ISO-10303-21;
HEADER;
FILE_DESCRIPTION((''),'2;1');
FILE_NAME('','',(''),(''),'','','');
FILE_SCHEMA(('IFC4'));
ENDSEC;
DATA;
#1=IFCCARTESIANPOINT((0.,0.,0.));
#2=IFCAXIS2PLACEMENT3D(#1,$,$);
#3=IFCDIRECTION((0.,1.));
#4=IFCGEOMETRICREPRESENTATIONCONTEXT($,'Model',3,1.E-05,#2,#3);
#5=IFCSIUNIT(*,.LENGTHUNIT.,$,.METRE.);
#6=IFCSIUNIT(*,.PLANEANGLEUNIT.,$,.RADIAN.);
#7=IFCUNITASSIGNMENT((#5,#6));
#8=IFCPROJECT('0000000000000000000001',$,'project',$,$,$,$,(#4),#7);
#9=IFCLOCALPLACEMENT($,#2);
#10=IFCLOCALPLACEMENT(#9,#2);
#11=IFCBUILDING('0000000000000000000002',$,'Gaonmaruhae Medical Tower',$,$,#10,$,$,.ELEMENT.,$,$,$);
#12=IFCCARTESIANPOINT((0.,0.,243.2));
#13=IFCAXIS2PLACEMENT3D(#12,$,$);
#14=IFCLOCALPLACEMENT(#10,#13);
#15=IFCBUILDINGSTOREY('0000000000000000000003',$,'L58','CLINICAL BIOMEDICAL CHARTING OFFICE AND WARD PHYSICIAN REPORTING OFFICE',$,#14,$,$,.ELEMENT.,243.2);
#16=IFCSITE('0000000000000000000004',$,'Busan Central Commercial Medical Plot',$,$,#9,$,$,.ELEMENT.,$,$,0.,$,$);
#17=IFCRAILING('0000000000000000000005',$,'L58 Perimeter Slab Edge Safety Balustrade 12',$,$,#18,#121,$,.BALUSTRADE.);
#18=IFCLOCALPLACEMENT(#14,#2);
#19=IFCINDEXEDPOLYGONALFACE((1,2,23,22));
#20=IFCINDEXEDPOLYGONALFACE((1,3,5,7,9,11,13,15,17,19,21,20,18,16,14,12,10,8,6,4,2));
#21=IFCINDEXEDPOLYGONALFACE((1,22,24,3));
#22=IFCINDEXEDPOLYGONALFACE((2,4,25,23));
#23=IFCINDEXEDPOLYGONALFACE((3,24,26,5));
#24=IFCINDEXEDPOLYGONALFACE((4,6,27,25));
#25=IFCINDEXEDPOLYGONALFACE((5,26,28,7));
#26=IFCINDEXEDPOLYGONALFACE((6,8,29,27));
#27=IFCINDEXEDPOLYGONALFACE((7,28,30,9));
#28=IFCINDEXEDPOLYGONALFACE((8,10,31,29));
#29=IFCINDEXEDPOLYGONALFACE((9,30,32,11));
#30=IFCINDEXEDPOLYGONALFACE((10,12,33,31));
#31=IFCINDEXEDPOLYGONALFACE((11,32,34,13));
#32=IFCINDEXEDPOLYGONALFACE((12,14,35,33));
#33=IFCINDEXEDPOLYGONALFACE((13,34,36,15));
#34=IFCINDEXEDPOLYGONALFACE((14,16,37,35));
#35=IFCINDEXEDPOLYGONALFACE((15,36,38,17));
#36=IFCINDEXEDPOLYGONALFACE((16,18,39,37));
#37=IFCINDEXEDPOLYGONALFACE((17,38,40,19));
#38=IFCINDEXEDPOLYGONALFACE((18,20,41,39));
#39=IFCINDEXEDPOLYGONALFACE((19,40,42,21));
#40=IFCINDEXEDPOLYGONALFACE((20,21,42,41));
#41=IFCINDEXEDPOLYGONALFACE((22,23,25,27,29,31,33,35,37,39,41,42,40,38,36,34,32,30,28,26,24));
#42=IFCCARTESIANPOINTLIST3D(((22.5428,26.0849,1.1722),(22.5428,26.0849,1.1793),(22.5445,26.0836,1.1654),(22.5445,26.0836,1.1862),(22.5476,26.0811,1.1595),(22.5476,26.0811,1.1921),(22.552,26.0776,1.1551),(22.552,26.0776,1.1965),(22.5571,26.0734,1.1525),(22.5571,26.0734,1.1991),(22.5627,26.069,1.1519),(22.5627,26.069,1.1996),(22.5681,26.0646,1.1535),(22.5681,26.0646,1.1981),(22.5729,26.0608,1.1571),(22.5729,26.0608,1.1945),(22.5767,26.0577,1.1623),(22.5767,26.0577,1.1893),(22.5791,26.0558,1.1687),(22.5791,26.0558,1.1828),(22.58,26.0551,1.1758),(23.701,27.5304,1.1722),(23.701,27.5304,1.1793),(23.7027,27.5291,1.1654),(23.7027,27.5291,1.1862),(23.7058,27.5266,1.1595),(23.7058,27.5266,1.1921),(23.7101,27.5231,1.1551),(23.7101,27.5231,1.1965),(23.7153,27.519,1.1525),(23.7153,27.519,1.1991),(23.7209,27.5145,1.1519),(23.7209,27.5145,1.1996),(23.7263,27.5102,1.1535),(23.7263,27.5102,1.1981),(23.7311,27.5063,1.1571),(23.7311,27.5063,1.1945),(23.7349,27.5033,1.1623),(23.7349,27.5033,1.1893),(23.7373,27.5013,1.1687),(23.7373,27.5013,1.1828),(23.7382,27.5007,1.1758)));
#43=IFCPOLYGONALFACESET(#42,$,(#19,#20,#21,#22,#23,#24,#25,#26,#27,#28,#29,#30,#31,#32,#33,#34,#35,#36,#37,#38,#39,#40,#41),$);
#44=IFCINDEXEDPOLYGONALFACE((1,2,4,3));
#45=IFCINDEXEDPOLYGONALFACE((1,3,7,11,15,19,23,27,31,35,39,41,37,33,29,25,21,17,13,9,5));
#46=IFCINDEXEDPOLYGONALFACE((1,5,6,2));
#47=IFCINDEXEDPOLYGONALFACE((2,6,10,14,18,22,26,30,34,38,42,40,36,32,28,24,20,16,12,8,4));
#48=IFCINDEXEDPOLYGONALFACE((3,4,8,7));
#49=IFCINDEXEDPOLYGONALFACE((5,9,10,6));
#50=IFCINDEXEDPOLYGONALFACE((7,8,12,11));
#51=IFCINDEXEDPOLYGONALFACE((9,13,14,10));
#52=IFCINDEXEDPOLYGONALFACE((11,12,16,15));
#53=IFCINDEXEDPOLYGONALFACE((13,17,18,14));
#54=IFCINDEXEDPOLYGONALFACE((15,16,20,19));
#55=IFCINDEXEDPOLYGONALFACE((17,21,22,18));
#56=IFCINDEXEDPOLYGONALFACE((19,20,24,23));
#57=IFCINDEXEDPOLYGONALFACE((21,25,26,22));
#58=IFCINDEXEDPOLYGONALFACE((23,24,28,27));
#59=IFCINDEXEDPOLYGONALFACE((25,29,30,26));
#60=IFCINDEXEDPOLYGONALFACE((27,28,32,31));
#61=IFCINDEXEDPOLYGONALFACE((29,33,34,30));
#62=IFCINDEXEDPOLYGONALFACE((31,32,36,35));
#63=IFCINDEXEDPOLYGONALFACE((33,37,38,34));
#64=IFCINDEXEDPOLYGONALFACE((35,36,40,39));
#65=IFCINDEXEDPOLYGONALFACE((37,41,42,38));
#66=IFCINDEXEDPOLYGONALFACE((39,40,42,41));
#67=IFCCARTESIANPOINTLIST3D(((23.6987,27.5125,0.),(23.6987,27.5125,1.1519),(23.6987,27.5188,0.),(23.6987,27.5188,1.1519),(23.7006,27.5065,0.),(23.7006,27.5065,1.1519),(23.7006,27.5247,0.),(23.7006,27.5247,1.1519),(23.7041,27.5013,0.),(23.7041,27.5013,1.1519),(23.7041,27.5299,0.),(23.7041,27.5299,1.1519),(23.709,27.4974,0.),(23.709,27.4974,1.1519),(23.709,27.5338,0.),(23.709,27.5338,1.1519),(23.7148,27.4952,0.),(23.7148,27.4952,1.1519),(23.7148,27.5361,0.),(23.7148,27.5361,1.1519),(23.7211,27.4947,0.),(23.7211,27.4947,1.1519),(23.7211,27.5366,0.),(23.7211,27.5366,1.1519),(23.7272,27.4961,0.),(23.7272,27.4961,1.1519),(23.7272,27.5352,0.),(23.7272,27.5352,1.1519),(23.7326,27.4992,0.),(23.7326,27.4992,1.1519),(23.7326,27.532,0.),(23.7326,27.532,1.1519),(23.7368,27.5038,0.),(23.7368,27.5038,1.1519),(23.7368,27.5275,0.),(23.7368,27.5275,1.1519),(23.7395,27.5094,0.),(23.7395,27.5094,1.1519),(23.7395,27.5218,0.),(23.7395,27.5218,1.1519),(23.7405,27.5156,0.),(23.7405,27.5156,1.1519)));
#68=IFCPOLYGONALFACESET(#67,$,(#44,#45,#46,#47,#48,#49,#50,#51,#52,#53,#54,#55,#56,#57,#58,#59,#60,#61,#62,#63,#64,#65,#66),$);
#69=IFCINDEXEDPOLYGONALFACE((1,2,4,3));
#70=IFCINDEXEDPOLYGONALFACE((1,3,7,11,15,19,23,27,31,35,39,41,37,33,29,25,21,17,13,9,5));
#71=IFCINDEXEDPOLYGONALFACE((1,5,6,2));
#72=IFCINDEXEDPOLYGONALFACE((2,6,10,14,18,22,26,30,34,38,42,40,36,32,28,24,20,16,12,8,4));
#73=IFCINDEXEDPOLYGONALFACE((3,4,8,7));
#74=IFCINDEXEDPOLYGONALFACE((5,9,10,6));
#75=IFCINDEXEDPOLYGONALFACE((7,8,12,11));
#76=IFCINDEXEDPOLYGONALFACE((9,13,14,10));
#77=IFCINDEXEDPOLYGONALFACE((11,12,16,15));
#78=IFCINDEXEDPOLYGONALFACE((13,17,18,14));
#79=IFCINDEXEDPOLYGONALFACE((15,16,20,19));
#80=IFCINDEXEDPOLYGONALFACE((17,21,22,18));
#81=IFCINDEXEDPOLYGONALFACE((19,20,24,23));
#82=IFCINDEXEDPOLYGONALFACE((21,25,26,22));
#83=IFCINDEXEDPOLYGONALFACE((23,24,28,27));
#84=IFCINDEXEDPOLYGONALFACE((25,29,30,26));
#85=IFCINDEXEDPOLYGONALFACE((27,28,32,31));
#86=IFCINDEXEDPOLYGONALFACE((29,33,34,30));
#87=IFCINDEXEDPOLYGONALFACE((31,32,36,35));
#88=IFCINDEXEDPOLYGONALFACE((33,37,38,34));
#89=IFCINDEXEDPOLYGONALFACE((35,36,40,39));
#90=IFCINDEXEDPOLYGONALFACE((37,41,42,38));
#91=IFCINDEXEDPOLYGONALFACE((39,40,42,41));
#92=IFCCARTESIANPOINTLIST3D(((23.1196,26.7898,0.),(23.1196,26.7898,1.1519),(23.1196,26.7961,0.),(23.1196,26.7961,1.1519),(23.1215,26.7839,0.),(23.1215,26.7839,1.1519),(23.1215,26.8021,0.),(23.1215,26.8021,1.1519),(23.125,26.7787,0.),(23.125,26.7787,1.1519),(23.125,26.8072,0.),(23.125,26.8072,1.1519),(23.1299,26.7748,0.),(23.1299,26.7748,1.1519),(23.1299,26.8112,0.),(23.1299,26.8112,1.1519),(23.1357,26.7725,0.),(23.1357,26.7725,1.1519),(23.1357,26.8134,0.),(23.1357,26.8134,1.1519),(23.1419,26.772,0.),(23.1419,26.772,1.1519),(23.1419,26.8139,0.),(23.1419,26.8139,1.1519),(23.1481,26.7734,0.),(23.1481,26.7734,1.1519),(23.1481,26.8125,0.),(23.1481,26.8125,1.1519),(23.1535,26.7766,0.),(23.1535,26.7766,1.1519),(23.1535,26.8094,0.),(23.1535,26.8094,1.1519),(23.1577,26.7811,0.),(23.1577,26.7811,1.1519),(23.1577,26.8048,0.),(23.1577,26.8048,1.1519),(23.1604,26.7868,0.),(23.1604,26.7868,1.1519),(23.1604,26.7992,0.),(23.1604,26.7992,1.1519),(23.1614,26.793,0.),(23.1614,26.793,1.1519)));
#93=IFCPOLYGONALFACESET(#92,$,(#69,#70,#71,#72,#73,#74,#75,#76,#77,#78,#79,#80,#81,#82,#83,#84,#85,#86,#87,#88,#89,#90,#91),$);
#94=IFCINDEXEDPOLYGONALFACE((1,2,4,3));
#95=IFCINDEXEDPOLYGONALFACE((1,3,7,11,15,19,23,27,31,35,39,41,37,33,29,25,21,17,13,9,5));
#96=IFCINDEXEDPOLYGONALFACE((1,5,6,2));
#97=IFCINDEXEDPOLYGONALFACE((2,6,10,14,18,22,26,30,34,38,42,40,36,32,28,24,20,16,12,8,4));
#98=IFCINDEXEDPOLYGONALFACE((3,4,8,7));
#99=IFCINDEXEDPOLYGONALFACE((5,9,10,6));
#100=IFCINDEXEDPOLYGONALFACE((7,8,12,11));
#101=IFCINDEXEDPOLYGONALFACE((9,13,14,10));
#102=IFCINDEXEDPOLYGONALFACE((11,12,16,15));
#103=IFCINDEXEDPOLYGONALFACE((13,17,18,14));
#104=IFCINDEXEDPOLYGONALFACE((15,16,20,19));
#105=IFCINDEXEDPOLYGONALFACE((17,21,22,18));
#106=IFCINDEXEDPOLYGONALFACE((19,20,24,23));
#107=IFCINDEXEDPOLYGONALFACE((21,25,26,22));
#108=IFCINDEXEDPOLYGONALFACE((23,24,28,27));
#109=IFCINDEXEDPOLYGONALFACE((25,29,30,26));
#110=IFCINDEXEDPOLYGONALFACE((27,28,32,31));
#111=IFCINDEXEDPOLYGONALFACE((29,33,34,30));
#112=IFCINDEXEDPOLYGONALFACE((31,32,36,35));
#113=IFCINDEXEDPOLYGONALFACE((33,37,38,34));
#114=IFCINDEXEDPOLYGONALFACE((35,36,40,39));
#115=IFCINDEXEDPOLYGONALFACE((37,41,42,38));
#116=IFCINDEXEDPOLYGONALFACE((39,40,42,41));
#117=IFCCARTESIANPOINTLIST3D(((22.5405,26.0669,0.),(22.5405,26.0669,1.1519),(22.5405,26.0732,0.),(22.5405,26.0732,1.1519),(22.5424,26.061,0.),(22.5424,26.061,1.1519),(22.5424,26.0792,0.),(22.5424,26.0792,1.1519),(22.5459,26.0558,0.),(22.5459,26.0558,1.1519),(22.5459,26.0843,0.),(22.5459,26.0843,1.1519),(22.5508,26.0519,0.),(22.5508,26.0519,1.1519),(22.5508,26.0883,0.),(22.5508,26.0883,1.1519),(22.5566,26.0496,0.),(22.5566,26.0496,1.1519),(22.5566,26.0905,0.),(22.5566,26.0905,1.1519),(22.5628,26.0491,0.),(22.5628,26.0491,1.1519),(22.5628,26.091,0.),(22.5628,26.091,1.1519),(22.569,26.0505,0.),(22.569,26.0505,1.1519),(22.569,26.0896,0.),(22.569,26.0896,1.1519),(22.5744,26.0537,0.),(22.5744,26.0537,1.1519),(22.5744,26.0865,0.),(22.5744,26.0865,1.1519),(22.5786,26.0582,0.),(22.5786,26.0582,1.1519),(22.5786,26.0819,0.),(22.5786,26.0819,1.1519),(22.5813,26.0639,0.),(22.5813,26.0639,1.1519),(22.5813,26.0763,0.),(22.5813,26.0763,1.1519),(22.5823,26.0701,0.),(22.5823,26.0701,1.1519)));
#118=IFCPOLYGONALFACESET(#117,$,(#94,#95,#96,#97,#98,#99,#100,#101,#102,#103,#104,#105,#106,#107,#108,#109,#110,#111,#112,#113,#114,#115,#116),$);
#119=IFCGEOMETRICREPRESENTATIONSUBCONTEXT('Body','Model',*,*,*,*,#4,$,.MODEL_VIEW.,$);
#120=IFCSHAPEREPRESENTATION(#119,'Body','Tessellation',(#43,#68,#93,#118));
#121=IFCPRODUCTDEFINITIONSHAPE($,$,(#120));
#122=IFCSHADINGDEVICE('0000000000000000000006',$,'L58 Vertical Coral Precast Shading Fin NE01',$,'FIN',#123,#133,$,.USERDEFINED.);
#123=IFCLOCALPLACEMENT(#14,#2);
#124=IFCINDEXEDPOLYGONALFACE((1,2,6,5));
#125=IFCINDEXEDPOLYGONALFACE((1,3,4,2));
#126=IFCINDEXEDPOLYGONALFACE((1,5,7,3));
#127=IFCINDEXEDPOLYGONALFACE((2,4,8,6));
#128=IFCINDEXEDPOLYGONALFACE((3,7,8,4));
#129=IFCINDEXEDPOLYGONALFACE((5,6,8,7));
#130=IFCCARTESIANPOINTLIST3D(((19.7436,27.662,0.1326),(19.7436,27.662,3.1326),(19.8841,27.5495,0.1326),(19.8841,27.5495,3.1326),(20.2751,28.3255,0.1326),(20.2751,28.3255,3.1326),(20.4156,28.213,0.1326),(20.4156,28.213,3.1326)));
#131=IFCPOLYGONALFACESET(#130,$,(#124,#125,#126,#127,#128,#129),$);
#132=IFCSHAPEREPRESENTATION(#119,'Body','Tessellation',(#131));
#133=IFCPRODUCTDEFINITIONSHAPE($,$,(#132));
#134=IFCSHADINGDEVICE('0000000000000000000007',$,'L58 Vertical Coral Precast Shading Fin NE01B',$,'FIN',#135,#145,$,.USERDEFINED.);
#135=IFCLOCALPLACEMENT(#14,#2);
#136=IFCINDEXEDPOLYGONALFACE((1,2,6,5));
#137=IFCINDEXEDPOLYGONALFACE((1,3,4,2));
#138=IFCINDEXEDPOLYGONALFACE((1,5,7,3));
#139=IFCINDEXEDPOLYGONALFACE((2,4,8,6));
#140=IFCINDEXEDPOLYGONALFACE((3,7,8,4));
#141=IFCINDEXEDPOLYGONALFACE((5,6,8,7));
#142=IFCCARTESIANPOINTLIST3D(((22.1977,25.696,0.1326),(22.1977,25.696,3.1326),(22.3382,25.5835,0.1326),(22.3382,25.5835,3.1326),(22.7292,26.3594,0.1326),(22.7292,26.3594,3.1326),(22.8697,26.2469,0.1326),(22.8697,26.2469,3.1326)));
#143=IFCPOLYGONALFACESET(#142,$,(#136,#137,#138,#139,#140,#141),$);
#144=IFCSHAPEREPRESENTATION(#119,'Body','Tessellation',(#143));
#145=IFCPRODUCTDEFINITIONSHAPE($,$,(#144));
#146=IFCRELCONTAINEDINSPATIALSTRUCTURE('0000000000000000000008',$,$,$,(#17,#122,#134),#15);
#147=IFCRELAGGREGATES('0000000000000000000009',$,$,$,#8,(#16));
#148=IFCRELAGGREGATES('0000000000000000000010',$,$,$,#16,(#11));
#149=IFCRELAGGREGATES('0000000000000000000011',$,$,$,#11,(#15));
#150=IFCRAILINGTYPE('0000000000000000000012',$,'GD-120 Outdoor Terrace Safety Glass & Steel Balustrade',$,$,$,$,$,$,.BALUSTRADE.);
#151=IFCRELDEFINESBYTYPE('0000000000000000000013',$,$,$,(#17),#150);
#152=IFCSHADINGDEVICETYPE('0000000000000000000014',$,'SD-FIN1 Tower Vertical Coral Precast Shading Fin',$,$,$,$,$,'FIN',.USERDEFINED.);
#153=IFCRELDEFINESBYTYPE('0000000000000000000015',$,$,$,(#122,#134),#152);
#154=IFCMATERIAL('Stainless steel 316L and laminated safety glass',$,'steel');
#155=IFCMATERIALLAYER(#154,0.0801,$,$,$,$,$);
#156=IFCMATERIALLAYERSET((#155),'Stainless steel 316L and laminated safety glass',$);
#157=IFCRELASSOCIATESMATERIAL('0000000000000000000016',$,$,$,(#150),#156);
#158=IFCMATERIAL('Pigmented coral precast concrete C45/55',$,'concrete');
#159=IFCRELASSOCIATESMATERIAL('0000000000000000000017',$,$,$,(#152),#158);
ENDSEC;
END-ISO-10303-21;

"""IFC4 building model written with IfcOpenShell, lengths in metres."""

from ifc_helpers import new_model, si_unit, direction, frame, origin, origin_2d, place, context, subcontext, project, spatial, rectangle, circle, extrude, material, layer, layer_set, type_object, element, save


model = new_model("IFC4")

# Units and contexts
model_context = context("Model", 3, precision=1e-05, world=origin(), true_north=direction((0.0, 1.0)))
body_context = subcontext(model_context, "Body", "Model", "MODEL_VIEW")
ifc_project = project(units=[si_unit("LENGTHUNIT", "METRE"), si_unit("PLANEANGLEUNIT", "RADIAN")], contexts=[model_context])

# Site, building, storey
site_placement = place(None, origin())
site = spatial("IfcSite", under=ifc_project, at=site_placement, Name="Busan Central Commercial Medical Plot", CompositionType="ELEMENT", RefElevation=0.0)
building_placement = place(site_placement, origin())
building = spatial("IfcBuilding", under=site, at=building_placement, Name="Gaonmaruhae Medical Tower", CompositionType="ELEMENT")
storey_placement = place(building_placement, frame((0.0, 0.0, 243.2)))
storey = spatial("IfcBuildingStorey", under=building, at=storey_placement, Name="L58", Description="CLINICAL BIOMEDICAL CHARTING OFFICE AND WARD PHYSICIAN REPORTING OFFICE", CompositionType="ELEMENT", Elevation=243.2)

# Railing
ifc_material_1 = material(Name="Stainless steel 316L and laminated safety glass", Category="steel")
ifc_layer_1 = layer(ifc_material_1, 0.0801)
ifc_layer_set_1 = layer_set([ifc_layer_1], Name="Stainless steel 316L and laminated safety glass")
railing_type = type_object("IfcRailingType", Name="GD-120 Outdoor Terrace Safety Glass & Steel Balustrade", PredefinedType="BALUSTRADE", material=ifc_layer_set_1)
railing_1_placement = place(storey_placement, frame((23.7195, 27.5156, 0.0)))
element("IfcRailing", 1, at=railing_1_placement, inside=storey, type_object=railing_type, Name="L58 Perimeter Slab Edge Safety Balustrade 12", PredefinedType="BALUSTRADE", context=body_context, shape_type="SweptSolid", body=[
    extrude(circle(Radius=0.0239, at=origin_2d()), frame((0.0, 0.0, 1.1758), z_axis=(-0.625274, -0.780406, 0.0), x_axis=(0.780406, -0.625274, 0.0)), (0.0, 0.0, 1.0), 1.8523),
    extrude(circle(Radius=0.021, at=origin_2d()), origin(), (0.0, 0.0, 1.0), 1.1519),
    extrude(circle(Radius=0.021, at=origin_2d()), frame((-0.5791, -0.7227, 0.0)), (0.0, 0.0, 1.0), 1.1519),
    extrude(circle(Radius=0.021, at=origin_2d()), frame((-1.1582, -1.4456, 0.0)), (0.0, 0.0, 1.0), 1.1519),
])

# Shading devices
ifc_material_2 = material(Name="Pigmented coral precast concrete C45/55", Category="concrete")
shading_device_type = type_object("IfcShadingDeviceType", Name="SD-FIN1 Tower Vertical Coral Precast Shading Fin", ElementType="FIN", PredefinedType="USERDEFINED", material=ifc_material_2)
for number, where, z_axis, x_axis, name in (
    (2, (20.0796, 27.9375, 0.1326), (0.0, 0.0, 1.0), (0.780441, -0.625229, 0.0), "L58 Vertical Coral Precast Shading Fin NE01"),
    (3, (22.5337, 25.9714, 0.1326), (0.0, 0.0, 1.0), (0.780441, -0.625229, 0.0), "L58 Vertical Coral Precast Shading Fin NE01B"),
):
    element("IfcShadingDevice", number, at=place(storey_placement, frame(where, z_axis=z_axis, x_axis=x_axis)), inside=storey, type_object=shading_device_type, Name=name, ObjectType="FIN", PredefinedType="USERDEFINED", context=body_context, shape_type="SweptSolid", body=[
        extrude(rectangle(XDim=0.1799, YDim=0.8501, at=origin_2d()), origin(), (0.0, 0.0, 1.0), 3.0),
    ])

save(model, "model.ifc")
